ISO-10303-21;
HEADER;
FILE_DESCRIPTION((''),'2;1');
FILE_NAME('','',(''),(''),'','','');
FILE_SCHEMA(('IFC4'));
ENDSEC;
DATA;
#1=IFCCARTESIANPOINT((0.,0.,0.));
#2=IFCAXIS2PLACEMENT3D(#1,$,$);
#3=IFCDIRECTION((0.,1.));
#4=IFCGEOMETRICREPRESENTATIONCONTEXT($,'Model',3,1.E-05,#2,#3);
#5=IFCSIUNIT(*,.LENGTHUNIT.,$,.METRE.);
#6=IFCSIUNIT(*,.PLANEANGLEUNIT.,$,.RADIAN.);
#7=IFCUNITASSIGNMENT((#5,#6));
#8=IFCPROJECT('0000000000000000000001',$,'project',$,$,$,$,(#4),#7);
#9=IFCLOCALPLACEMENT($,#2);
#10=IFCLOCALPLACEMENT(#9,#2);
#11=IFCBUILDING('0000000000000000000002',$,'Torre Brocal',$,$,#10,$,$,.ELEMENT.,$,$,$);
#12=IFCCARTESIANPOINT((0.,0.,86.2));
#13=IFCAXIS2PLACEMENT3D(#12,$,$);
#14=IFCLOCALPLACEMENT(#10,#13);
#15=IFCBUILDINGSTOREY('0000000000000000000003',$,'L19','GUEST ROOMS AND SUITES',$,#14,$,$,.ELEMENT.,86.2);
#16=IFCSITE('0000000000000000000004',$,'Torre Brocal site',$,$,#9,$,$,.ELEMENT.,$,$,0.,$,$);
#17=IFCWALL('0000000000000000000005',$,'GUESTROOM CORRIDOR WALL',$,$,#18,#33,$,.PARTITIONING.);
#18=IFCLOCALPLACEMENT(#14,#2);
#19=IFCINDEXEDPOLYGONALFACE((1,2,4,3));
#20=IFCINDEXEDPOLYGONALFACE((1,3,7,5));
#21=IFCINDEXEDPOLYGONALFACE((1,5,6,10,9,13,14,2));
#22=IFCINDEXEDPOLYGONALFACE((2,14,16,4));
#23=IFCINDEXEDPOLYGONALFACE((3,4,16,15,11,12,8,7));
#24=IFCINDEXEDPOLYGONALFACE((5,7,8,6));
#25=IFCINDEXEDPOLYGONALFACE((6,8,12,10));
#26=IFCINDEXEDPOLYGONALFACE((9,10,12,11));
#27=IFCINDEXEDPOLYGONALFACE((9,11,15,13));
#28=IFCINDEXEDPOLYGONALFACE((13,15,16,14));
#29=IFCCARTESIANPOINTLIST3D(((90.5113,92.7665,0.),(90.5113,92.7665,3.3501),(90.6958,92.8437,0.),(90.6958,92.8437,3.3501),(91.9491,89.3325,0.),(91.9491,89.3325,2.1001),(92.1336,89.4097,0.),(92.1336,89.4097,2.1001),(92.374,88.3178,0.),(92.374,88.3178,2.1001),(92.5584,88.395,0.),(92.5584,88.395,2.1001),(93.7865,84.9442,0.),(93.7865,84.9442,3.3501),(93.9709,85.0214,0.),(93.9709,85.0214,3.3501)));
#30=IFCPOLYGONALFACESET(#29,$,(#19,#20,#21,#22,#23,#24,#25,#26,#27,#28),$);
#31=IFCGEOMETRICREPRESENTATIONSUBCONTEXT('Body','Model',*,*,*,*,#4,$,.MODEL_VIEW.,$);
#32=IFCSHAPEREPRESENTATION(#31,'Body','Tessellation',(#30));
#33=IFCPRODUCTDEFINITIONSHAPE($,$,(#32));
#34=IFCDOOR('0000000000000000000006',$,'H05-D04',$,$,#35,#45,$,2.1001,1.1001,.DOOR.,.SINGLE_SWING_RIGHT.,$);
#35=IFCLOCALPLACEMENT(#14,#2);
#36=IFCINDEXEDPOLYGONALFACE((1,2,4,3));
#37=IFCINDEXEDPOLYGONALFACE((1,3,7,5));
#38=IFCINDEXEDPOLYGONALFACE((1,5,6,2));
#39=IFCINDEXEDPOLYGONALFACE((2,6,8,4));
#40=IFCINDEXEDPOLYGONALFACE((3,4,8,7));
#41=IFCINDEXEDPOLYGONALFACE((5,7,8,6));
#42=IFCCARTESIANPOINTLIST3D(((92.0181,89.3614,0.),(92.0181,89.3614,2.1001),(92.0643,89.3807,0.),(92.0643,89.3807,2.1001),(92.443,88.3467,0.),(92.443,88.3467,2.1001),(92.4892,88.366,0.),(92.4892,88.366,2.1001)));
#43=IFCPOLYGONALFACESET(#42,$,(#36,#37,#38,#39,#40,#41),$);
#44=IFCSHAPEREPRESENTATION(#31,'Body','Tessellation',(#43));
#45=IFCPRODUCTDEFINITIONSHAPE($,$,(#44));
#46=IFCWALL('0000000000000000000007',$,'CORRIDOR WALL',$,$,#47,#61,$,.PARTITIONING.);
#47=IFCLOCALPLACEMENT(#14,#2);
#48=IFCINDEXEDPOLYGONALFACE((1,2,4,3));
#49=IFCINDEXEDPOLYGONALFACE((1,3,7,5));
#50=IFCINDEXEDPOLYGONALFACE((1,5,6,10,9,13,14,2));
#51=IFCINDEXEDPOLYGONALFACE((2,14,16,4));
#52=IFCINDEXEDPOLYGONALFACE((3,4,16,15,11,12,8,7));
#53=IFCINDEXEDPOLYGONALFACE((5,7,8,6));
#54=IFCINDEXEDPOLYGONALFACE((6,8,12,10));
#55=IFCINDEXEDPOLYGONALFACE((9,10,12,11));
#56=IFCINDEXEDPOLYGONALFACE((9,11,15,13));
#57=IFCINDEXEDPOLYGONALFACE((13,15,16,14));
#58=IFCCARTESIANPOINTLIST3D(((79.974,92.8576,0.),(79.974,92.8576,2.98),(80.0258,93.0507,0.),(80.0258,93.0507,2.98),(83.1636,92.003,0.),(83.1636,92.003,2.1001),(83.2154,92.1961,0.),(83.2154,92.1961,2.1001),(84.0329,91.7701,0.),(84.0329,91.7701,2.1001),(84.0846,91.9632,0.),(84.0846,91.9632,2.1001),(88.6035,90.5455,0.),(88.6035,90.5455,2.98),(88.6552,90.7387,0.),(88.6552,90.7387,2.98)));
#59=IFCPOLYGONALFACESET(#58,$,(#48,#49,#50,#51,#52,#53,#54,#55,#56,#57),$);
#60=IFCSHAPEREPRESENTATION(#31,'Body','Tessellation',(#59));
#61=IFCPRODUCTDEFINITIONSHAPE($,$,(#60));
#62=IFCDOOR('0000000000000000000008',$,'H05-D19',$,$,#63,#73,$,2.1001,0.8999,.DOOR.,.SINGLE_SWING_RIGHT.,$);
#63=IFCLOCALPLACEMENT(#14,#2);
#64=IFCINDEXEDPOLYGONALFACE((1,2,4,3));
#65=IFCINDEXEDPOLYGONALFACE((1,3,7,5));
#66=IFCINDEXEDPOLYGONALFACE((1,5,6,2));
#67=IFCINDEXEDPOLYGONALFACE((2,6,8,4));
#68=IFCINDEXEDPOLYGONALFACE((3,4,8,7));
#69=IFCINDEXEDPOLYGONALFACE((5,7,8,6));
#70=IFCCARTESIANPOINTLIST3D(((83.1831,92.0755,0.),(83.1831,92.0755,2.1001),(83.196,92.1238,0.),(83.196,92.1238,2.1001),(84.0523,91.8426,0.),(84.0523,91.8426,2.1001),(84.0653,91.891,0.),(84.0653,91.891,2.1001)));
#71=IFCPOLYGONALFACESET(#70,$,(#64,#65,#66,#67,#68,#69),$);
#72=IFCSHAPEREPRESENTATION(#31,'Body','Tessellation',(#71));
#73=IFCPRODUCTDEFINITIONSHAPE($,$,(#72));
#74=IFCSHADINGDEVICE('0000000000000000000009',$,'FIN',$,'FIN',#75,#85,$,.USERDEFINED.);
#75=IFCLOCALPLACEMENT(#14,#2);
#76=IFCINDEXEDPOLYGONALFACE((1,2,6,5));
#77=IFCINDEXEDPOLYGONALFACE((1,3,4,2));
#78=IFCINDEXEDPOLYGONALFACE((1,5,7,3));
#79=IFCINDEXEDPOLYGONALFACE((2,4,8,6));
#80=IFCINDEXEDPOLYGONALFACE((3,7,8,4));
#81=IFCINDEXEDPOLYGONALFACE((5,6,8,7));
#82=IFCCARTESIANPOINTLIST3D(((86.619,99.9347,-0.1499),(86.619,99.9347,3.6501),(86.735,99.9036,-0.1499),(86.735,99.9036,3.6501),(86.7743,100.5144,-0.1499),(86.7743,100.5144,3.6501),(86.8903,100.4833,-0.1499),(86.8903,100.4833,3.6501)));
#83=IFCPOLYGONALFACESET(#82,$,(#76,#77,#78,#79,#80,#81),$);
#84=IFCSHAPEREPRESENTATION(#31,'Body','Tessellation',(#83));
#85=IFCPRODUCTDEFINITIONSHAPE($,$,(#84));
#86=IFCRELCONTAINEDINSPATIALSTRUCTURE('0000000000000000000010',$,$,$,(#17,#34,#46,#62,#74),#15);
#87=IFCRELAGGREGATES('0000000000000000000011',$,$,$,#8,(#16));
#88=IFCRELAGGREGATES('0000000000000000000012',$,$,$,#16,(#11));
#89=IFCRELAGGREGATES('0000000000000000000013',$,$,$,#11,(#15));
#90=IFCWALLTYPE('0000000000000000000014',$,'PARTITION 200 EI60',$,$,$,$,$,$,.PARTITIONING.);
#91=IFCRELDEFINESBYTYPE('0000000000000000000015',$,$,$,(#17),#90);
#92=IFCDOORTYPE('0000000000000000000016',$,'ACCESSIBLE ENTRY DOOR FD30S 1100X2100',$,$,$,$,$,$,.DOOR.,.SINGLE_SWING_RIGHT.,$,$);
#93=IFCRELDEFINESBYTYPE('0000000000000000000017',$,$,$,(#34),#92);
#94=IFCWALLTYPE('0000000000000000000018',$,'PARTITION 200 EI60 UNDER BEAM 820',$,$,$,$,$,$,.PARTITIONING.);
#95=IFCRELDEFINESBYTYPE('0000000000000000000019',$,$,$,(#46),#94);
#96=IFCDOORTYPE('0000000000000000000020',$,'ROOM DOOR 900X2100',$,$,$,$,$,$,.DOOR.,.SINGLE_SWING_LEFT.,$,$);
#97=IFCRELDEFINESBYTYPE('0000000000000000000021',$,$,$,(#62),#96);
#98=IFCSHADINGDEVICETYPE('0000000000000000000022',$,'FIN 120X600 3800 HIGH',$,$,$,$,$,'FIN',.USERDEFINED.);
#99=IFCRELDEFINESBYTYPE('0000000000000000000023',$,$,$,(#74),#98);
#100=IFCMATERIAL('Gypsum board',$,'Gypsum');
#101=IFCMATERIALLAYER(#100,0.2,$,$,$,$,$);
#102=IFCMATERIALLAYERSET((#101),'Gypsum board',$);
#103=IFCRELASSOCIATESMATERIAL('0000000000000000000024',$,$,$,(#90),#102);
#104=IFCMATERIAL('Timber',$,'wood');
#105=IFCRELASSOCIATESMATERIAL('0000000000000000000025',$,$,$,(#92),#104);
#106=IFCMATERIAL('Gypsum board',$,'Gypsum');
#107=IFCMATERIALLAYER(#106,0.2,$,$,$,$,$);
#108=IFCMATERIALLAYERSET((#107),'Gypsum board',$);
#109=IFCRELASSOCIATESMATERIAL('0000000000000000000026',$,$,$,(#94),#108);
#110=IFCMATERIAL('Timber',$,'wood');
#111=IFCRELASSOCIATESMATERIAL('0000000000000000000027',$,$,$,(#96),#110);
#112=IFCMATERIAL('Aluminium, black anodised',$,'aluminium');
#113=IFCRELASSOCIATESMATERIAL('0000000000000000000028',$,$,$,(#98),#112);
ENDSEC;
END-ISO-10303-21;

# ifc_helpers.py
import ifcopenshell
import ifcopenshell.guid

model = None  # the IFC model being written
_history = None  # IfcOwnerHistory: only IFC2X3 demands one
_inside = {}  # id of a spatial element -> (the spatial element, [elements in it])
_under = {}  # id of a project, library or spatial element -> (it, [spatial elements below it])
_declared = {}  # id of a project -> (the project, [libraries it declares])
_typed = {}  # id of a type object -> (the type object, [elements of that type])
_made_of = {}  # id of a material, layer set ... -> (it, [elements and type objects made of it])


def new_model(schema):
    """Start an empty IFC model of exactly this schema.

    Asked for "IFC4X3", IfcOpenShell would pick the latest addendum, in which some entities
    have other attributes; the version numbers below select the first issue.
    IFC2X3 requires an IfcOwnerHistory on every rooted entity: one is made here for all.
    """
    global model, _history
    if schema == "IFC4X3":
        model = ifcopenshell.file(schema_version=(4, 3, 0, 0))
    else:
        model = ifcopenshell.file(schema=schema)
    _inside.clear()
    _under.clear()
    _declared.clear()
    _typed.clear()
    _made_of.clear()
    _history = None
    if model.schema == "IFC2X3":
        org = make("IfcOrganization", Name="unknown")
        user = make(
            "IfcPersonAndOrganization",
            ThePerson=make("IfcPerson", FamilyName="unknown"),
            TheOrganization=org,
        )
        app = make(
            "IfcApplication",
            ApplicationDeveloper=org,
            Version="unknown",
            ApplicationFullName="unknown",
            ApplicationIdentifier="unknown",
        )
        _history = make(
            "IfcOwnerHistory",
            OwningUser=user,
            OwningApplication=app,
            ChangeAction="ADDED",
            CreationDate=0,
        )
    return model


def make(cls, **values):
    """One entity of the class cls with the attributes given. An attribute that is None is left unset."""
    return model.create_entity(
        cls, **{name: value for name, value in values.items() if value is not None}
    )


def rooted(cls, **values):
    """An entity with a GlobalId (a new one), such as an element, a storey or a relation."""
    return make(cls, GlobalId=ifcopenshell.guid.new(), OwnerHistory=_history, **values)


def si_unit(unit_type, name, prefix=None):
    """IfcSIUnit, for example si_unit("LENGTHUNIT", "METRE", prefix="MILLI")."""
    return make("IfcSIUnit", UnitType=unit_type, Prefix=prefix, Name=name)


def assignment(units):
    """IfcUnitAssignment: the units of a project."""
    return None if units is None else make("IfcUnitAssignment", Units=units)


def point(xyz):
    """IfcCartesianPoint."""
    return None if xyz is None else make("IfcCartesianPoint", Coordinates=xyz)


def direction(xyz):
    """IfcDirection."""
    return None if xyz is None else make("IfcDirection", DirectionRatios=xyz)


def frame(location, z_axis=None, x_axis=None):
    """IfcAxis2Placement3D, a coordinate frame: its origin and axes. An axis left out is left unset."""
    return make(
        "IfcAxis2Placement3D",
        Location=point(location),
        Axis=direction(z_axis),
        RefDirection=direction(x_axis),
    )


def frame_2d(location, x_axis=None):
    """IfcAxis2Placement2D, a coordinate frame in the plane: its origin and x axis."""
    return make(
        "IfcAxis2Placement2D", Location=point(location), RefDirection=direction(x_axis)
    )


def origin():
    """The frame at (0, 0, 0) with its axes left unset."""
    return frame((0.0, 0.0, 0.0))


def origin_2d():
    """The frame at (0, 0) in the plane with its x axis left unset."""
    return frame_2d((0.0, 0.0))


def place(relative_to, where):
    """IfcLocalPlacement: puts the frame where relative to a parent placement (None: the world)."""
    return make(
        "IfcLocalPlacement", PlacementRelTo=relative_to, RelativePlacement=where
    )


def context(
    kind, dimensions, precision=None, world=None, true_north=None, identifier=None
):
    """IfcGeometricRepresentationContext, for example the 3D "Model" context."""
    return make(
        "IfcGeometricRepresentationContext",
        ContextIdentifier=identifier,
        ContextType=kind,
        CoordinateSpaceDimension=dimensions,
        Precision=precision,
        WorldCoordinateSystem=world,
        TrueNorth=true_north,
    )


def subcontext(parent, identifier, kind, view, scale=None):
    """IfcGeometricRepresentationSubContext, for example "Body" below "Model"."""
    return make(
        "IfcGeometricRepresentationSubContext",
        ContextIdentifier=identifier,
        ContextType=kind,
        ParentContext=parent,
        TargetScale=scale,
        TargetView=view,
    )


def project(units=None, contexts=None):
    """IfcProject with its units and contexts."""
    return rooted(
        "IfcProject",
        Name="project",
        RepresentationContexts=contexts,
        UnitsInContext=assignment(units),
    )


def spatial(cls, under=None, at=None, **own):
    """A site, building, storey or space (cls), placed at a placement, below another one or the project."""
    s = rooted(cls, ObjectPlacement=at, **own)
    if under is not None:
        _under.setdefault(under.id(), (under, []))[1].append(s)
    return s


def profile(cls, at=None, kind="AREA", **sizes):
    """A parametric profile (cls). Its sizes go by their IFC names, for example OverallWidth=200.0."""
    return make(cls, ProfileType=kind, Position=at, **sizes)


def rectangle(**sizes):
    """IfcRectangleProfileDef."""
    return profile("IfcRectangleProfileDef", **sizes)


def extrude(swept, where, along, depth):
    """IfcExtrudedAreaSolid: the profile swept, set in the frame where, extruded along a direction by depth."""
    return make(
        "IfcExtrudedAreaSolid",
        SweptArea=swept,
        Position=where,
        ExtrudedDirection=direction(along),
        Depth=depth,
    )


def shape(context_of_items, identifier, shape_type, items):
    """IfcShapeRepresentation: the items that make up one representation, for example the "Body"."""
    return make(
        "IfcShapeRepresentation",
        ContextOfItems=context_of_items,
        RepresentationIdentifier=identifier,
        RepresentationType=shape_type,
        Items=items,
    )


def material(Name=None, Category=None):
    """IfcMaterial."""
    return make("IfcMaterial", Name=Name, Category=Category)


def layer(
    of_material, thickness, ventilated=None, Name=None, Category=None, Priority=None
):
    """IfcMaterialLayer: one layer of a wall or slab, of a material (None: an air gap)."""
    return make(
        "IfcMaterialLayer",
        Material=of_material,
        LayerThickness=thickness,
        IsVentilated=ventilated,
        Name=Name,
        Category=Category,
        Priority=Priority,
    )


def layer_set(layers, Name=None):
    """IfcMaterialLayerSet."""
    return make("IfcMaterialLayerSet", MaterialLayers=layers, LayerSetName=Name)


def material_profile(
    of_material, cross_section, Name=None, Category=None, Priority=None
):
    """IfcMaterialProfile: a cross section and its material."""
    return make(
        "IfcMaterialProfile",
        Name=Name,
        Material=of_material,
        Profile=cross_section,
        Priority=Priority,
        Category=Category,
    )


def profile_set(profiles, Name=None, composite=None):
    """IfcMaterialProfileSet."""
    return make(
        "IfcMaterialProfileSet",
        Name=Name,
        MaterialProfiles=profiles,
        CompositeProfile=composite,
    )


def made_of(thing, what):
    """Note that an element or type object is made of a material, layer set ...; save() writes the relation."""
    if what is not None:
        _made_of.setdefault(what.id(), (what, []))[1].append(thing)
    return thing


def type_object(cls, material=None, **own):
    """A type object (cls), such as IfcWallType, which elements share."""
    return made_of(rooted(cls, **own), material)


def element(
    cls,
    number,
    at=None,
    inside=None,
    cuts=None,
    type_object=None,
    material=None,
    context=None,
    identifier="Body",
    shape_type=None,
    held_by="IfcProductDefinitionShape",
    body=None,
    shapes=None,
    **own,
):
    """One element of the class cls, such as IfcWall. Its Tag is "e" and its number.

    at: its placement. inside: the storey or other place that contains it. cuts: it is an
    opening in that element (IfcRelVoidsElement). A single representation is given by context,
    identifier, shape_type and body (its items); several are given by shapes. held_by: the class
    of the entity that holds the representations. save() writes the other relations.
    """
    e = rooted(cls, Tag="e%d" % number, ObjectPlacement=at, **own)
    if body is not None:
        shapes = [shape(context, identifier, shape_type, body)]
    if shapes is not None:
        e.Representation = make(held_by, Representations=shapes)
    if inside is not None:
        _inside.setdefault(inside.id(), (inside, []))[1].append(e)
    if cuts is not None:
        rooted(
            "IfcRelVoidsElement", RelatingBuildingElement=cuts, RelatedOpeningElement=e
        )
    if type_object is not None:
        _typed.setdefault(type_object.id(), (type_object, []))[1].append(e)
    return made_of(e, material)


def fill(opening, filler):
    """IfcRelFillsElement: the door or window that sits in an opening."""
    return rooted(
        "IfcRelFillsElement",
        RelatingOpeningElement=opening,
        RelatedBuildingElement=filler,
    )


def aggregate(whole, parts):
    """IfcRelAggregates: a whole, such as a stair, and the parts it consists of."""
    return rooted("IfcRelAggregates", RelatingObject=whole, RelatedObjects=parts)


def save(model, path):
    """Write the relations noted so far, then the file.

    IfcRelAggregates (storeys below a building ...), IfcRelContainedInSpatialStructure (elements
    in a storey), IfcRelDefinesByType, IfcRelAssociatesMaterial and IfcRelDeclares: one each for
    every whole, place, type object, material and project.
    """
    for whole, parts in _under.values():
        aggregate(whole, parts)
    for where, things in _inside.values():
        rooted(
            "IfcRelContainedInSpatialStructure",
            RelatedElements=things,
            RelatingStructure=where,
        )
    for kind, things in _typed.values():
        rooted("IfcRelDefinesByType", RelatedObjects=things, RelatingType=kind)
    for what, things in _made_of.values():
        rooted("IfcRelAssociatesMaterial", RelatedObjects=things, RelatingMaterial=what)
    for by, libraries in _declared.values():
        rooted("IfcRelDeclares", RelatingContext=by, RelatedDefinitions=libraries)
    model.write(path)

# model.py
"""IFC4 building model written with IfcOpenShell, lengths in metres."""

from ifc_helpers import new_model, si_unit, direction, frame, frame_2d, origin, origin_2d, place, context, subcontext, project, spatial, rectangle, extrude, material, layer, layer_set, material_profile, profile_set, type_object, element, fill, save


model = new_model("IFC4")

# Units and contexts
model_context = context("Model", 3, precision=1e-05, world=origin(), true_north=direction((0.0, 1.0)))
body_context = subcontext(model_context, "Body", "Model", "MODEL_VIEW")
ifc_project = project(units=[si_unit("LENGTHUNIT", "METRE"), si_unit("PLANEANGLEUNIT", "RADIAN")], contexts=[model_context])

# Site, building, storey
site_placement = place(None, origin())
site = spatial("IfcSite", under=ifc_project, at=site_placement, Name="Torre Brocal site", CompositionType="ELEMENT", RefElevation=0.0)
building_placement = place(site_placement, origin())
building = spatial("IfcBuilding", under=site, at=building_placement, Name="Torre Brocal", CompositionType="ELEMENT")
storey_placement = place(building_placement, frame((0.0, 0.0, 86.2)))
storey = spatial("IfcBuildingStorey", under=building, at=storey_placement, Name="L19", Description="GUEST ROOMS AND SUITES", CompositionType="ELEMENT", Elevation=86.2)

# Shared definitions
ifc_material_1 = material(Name="Gypsum board", Category="Gypsum")
ifc_layer_1 = layer(ifc_material_1, 0.2)
ifc_layer_set_1 = layer_set([ifc_layer_1], Name="Gypsum board")
wall_type_1 = type_object("IfcWallType", Name="PARTITION 200 EI60", PredefinedType="PARTITIONING", material=ifc_layer_set_1)

# Walls, openings, doors
wall_1_placement = place(storey_placement, frame((90.6035, 92.8052, 0.0), z_axis=(0.0, 0.0, 1.0), x_axis=(0.386209, -0.922411, 0.0)))
wall_1 = element("IfcWall", 1, at=wall_1_placement, inside=storey, type_object=wall_type_1, Name="GUESTROOM CORRIDOR WALL", PredefinedType="PARTITIONING", context=body_context, shape_type="SweptSolid", body=[
    extrude(rectangle(XDim=8.4802, YDim=0.2, at=frame_2d((4.2402, 0.0))), origin(), (0.0, 0.0, 1.0), 3.3501),
])
opening_1_placement = place(wall_1_placement, frame((3.7229, 0.0, 0.0)))
opening_1 = element("IfcOpeningElement", 2, at=opening_1_placement, cuts=wall_1, PredefinedType="OPENING", context=body_context, shape_type="SweptSolid", body=[
    extrude(rectangle(XDim=1.1001, YDim=2.1001, at=frame_2d((0.55, 1.05))), frame((0.0, 0.1099, 0.0), z_axis=(0.0, -1.0, 0.0), x_axis=(1.0, 0.0, 0.0)), (0.0, 0.0, 1.0), 0.22),
])
ifc_material_2 = material(Name="Timber", Category="wood")
door_type_1 = type_object("IfcDoorType", Name="ACCESSIBLE ENTRY DOOR FD30S 1100X2100", OperationType="SINGLE_SWING_RIGHT", PredefinedType="DOOR", material=ifc_material_2)
door_1_placement = place(opening_1_placement, origin())
door_1 = element("IfcDoor", 3, at=door_1_placement, inside=storey, type_object=door_type_1, Name="H05-D04", OperationType="SINGLE_SWING_RIGHT", OverallHeight=2.1001, OverallWidth=1.1001, PredefinedType="DOOR", context=body_context, shape_type="SweptSolid", body=[
    extrude(rectangle(XDim=1.1001, YDim=2.1001, at=frame_2d((0.55, 1.05))), frame((0.0, 0.0249, 0.0), z_axis=(0.0, -1.0, 0.0), x_axis=(1.0, 0.0, 0.0)), (0.0, 0.0, 1.0), 0.05),
])
fill(opening_1, door_1)
ifc_material_3 = material(Name="Gypsum board", Category="Gypsum")
ifc_layer_2 = layer(ifc_material_3, 0.2)
ifc_layer_set_2 = layer_set([ifc_layer_2], Name="Gypsum board")
wall_type_2 = type_object("IfcWallType", Name="PARTITION 200 EI60 UNDER BEAM 820", PredefinedType="PARTITIONING", material=ifc_layer_set_2)
wall_2_placement = place(storey_placement, frame((80.0, 92.9541, 0.0), z_axis=(0.0, 0.0, 1.0), x_axis=(0.965932, -0.258795, 0.0)))
wall_2 = element("IfcWall", 4, at=wall_2_placement, inside=storey, type_object=wall_type_2, Name="CORRIDOR WALL", PredefinedType="PARTITIONING", context=body_context, shape_type="SweptSolid", body=[
    extrude(rectangle(XDim=8.9338, YDim=0.2, at=frame_2d((4.4668, 0.0))), origin(), (0.0, 0.0, 1.0), 2.98),
])
opening_2_placement = place(wall_2_placement, frame((3.302, 0.0, 0.0)))
opening_2 = element("IfcOpeningElement", 5, at=opening_2_placement, cuts=wall_2, PredefinedType="OPENING", context=body_context, shape_type="SweptSolid", body=[
    extrude(rectangle(XDim=0.8999, YDim=2.1001, at=frame_2d((0.45, 1.05))), frame((0.0, 0.1099, 0.0), z_axis=(0.0, -1.0, 0.0), x_axis=(1.0, 0.0, 0.0)), (0.0, 0.0, 1.0), 0.22),
])
ifc_material_4 = material(Name="Timber", Category="wood")
door_type_2 = type_object("IfcDoorType", Name="ROOM DOOR 900X2100", OperationType="SINGLE_SWING_LEFT", PredefinedType="DOOR", material=ifc_material_4)
door_2_placement = place(opening_2_placement, frame((0.8999, 0.0, 0.0), z_axis=(0.0, 0.0, 1.0), x_axis=(-1.0, 0.0, 0.0)))
door_2 = element("IfcDoor", 6, at=door_2_placement, inside=storey, type_object=door_type_2, Name="H05-D19", OperationType="SINGLE_SWING_RIGHT", OverallHeight=2.1001, OverallWidth=0.8999, PredefinedType="DOOR", context=body_context, shape_type="SweptSolid", body=[
    extrude(rectangle(XDim=0.8999, YDim=2.1001, at=frame_2d((0.45, 1.05))), frame((0.0, 0.0249, 0.0), z_axis=(0.0, -1.0, 0.0), x_axis=(1.0, 0.0, 0.0)), (0.0, 0.0, 1.0), 0.05),
])
fill(opening_2, door_2)

# Shading device
ifc_material_5 = material(Name="Aluminium, black anodised", Category="aluminium")
ifc_material_profile_1 = material_profile(ifc_material_5, rectangle(XDim=0.1201, YDim=0.6001, at=origin_2d()), Name="FIN 120X600 3800 HIGH")
ifc_profile_set_1 = profile_set([ifc_material_profile_1], Name="Aluminium, black anodised")
shading_device_type = type_object("IfcShadingDeviceType", Name="FIN 120X600 3800 HIGH", ElementType="FIN", PredefinedType="USERDEFINED", material=ifc_profile_set_1)
shading_device_placement = place(storey_placement, frame((86.7546, 100.209, -0.1499), z_axis=(0.0, 0.0, 1.0), x_axis=(-0.965926, 0.258819, 0.0)))
element("IfcShadingDevice", 7, at=shading_device_placement, inside=storey, type_object=shading_device_type, Name="FIN", ObjectType="FIN", PredefinedType="USERDEFINED", context=body_context, shape_type="SweptSolid", body=[
    extrude(rectangle(XDim=0.1201, YDim=0.6001, at=origin_2d()), origin(), (0.0, 0.0, 1.0), 3.8),
])

save(model, "model.ifc")
